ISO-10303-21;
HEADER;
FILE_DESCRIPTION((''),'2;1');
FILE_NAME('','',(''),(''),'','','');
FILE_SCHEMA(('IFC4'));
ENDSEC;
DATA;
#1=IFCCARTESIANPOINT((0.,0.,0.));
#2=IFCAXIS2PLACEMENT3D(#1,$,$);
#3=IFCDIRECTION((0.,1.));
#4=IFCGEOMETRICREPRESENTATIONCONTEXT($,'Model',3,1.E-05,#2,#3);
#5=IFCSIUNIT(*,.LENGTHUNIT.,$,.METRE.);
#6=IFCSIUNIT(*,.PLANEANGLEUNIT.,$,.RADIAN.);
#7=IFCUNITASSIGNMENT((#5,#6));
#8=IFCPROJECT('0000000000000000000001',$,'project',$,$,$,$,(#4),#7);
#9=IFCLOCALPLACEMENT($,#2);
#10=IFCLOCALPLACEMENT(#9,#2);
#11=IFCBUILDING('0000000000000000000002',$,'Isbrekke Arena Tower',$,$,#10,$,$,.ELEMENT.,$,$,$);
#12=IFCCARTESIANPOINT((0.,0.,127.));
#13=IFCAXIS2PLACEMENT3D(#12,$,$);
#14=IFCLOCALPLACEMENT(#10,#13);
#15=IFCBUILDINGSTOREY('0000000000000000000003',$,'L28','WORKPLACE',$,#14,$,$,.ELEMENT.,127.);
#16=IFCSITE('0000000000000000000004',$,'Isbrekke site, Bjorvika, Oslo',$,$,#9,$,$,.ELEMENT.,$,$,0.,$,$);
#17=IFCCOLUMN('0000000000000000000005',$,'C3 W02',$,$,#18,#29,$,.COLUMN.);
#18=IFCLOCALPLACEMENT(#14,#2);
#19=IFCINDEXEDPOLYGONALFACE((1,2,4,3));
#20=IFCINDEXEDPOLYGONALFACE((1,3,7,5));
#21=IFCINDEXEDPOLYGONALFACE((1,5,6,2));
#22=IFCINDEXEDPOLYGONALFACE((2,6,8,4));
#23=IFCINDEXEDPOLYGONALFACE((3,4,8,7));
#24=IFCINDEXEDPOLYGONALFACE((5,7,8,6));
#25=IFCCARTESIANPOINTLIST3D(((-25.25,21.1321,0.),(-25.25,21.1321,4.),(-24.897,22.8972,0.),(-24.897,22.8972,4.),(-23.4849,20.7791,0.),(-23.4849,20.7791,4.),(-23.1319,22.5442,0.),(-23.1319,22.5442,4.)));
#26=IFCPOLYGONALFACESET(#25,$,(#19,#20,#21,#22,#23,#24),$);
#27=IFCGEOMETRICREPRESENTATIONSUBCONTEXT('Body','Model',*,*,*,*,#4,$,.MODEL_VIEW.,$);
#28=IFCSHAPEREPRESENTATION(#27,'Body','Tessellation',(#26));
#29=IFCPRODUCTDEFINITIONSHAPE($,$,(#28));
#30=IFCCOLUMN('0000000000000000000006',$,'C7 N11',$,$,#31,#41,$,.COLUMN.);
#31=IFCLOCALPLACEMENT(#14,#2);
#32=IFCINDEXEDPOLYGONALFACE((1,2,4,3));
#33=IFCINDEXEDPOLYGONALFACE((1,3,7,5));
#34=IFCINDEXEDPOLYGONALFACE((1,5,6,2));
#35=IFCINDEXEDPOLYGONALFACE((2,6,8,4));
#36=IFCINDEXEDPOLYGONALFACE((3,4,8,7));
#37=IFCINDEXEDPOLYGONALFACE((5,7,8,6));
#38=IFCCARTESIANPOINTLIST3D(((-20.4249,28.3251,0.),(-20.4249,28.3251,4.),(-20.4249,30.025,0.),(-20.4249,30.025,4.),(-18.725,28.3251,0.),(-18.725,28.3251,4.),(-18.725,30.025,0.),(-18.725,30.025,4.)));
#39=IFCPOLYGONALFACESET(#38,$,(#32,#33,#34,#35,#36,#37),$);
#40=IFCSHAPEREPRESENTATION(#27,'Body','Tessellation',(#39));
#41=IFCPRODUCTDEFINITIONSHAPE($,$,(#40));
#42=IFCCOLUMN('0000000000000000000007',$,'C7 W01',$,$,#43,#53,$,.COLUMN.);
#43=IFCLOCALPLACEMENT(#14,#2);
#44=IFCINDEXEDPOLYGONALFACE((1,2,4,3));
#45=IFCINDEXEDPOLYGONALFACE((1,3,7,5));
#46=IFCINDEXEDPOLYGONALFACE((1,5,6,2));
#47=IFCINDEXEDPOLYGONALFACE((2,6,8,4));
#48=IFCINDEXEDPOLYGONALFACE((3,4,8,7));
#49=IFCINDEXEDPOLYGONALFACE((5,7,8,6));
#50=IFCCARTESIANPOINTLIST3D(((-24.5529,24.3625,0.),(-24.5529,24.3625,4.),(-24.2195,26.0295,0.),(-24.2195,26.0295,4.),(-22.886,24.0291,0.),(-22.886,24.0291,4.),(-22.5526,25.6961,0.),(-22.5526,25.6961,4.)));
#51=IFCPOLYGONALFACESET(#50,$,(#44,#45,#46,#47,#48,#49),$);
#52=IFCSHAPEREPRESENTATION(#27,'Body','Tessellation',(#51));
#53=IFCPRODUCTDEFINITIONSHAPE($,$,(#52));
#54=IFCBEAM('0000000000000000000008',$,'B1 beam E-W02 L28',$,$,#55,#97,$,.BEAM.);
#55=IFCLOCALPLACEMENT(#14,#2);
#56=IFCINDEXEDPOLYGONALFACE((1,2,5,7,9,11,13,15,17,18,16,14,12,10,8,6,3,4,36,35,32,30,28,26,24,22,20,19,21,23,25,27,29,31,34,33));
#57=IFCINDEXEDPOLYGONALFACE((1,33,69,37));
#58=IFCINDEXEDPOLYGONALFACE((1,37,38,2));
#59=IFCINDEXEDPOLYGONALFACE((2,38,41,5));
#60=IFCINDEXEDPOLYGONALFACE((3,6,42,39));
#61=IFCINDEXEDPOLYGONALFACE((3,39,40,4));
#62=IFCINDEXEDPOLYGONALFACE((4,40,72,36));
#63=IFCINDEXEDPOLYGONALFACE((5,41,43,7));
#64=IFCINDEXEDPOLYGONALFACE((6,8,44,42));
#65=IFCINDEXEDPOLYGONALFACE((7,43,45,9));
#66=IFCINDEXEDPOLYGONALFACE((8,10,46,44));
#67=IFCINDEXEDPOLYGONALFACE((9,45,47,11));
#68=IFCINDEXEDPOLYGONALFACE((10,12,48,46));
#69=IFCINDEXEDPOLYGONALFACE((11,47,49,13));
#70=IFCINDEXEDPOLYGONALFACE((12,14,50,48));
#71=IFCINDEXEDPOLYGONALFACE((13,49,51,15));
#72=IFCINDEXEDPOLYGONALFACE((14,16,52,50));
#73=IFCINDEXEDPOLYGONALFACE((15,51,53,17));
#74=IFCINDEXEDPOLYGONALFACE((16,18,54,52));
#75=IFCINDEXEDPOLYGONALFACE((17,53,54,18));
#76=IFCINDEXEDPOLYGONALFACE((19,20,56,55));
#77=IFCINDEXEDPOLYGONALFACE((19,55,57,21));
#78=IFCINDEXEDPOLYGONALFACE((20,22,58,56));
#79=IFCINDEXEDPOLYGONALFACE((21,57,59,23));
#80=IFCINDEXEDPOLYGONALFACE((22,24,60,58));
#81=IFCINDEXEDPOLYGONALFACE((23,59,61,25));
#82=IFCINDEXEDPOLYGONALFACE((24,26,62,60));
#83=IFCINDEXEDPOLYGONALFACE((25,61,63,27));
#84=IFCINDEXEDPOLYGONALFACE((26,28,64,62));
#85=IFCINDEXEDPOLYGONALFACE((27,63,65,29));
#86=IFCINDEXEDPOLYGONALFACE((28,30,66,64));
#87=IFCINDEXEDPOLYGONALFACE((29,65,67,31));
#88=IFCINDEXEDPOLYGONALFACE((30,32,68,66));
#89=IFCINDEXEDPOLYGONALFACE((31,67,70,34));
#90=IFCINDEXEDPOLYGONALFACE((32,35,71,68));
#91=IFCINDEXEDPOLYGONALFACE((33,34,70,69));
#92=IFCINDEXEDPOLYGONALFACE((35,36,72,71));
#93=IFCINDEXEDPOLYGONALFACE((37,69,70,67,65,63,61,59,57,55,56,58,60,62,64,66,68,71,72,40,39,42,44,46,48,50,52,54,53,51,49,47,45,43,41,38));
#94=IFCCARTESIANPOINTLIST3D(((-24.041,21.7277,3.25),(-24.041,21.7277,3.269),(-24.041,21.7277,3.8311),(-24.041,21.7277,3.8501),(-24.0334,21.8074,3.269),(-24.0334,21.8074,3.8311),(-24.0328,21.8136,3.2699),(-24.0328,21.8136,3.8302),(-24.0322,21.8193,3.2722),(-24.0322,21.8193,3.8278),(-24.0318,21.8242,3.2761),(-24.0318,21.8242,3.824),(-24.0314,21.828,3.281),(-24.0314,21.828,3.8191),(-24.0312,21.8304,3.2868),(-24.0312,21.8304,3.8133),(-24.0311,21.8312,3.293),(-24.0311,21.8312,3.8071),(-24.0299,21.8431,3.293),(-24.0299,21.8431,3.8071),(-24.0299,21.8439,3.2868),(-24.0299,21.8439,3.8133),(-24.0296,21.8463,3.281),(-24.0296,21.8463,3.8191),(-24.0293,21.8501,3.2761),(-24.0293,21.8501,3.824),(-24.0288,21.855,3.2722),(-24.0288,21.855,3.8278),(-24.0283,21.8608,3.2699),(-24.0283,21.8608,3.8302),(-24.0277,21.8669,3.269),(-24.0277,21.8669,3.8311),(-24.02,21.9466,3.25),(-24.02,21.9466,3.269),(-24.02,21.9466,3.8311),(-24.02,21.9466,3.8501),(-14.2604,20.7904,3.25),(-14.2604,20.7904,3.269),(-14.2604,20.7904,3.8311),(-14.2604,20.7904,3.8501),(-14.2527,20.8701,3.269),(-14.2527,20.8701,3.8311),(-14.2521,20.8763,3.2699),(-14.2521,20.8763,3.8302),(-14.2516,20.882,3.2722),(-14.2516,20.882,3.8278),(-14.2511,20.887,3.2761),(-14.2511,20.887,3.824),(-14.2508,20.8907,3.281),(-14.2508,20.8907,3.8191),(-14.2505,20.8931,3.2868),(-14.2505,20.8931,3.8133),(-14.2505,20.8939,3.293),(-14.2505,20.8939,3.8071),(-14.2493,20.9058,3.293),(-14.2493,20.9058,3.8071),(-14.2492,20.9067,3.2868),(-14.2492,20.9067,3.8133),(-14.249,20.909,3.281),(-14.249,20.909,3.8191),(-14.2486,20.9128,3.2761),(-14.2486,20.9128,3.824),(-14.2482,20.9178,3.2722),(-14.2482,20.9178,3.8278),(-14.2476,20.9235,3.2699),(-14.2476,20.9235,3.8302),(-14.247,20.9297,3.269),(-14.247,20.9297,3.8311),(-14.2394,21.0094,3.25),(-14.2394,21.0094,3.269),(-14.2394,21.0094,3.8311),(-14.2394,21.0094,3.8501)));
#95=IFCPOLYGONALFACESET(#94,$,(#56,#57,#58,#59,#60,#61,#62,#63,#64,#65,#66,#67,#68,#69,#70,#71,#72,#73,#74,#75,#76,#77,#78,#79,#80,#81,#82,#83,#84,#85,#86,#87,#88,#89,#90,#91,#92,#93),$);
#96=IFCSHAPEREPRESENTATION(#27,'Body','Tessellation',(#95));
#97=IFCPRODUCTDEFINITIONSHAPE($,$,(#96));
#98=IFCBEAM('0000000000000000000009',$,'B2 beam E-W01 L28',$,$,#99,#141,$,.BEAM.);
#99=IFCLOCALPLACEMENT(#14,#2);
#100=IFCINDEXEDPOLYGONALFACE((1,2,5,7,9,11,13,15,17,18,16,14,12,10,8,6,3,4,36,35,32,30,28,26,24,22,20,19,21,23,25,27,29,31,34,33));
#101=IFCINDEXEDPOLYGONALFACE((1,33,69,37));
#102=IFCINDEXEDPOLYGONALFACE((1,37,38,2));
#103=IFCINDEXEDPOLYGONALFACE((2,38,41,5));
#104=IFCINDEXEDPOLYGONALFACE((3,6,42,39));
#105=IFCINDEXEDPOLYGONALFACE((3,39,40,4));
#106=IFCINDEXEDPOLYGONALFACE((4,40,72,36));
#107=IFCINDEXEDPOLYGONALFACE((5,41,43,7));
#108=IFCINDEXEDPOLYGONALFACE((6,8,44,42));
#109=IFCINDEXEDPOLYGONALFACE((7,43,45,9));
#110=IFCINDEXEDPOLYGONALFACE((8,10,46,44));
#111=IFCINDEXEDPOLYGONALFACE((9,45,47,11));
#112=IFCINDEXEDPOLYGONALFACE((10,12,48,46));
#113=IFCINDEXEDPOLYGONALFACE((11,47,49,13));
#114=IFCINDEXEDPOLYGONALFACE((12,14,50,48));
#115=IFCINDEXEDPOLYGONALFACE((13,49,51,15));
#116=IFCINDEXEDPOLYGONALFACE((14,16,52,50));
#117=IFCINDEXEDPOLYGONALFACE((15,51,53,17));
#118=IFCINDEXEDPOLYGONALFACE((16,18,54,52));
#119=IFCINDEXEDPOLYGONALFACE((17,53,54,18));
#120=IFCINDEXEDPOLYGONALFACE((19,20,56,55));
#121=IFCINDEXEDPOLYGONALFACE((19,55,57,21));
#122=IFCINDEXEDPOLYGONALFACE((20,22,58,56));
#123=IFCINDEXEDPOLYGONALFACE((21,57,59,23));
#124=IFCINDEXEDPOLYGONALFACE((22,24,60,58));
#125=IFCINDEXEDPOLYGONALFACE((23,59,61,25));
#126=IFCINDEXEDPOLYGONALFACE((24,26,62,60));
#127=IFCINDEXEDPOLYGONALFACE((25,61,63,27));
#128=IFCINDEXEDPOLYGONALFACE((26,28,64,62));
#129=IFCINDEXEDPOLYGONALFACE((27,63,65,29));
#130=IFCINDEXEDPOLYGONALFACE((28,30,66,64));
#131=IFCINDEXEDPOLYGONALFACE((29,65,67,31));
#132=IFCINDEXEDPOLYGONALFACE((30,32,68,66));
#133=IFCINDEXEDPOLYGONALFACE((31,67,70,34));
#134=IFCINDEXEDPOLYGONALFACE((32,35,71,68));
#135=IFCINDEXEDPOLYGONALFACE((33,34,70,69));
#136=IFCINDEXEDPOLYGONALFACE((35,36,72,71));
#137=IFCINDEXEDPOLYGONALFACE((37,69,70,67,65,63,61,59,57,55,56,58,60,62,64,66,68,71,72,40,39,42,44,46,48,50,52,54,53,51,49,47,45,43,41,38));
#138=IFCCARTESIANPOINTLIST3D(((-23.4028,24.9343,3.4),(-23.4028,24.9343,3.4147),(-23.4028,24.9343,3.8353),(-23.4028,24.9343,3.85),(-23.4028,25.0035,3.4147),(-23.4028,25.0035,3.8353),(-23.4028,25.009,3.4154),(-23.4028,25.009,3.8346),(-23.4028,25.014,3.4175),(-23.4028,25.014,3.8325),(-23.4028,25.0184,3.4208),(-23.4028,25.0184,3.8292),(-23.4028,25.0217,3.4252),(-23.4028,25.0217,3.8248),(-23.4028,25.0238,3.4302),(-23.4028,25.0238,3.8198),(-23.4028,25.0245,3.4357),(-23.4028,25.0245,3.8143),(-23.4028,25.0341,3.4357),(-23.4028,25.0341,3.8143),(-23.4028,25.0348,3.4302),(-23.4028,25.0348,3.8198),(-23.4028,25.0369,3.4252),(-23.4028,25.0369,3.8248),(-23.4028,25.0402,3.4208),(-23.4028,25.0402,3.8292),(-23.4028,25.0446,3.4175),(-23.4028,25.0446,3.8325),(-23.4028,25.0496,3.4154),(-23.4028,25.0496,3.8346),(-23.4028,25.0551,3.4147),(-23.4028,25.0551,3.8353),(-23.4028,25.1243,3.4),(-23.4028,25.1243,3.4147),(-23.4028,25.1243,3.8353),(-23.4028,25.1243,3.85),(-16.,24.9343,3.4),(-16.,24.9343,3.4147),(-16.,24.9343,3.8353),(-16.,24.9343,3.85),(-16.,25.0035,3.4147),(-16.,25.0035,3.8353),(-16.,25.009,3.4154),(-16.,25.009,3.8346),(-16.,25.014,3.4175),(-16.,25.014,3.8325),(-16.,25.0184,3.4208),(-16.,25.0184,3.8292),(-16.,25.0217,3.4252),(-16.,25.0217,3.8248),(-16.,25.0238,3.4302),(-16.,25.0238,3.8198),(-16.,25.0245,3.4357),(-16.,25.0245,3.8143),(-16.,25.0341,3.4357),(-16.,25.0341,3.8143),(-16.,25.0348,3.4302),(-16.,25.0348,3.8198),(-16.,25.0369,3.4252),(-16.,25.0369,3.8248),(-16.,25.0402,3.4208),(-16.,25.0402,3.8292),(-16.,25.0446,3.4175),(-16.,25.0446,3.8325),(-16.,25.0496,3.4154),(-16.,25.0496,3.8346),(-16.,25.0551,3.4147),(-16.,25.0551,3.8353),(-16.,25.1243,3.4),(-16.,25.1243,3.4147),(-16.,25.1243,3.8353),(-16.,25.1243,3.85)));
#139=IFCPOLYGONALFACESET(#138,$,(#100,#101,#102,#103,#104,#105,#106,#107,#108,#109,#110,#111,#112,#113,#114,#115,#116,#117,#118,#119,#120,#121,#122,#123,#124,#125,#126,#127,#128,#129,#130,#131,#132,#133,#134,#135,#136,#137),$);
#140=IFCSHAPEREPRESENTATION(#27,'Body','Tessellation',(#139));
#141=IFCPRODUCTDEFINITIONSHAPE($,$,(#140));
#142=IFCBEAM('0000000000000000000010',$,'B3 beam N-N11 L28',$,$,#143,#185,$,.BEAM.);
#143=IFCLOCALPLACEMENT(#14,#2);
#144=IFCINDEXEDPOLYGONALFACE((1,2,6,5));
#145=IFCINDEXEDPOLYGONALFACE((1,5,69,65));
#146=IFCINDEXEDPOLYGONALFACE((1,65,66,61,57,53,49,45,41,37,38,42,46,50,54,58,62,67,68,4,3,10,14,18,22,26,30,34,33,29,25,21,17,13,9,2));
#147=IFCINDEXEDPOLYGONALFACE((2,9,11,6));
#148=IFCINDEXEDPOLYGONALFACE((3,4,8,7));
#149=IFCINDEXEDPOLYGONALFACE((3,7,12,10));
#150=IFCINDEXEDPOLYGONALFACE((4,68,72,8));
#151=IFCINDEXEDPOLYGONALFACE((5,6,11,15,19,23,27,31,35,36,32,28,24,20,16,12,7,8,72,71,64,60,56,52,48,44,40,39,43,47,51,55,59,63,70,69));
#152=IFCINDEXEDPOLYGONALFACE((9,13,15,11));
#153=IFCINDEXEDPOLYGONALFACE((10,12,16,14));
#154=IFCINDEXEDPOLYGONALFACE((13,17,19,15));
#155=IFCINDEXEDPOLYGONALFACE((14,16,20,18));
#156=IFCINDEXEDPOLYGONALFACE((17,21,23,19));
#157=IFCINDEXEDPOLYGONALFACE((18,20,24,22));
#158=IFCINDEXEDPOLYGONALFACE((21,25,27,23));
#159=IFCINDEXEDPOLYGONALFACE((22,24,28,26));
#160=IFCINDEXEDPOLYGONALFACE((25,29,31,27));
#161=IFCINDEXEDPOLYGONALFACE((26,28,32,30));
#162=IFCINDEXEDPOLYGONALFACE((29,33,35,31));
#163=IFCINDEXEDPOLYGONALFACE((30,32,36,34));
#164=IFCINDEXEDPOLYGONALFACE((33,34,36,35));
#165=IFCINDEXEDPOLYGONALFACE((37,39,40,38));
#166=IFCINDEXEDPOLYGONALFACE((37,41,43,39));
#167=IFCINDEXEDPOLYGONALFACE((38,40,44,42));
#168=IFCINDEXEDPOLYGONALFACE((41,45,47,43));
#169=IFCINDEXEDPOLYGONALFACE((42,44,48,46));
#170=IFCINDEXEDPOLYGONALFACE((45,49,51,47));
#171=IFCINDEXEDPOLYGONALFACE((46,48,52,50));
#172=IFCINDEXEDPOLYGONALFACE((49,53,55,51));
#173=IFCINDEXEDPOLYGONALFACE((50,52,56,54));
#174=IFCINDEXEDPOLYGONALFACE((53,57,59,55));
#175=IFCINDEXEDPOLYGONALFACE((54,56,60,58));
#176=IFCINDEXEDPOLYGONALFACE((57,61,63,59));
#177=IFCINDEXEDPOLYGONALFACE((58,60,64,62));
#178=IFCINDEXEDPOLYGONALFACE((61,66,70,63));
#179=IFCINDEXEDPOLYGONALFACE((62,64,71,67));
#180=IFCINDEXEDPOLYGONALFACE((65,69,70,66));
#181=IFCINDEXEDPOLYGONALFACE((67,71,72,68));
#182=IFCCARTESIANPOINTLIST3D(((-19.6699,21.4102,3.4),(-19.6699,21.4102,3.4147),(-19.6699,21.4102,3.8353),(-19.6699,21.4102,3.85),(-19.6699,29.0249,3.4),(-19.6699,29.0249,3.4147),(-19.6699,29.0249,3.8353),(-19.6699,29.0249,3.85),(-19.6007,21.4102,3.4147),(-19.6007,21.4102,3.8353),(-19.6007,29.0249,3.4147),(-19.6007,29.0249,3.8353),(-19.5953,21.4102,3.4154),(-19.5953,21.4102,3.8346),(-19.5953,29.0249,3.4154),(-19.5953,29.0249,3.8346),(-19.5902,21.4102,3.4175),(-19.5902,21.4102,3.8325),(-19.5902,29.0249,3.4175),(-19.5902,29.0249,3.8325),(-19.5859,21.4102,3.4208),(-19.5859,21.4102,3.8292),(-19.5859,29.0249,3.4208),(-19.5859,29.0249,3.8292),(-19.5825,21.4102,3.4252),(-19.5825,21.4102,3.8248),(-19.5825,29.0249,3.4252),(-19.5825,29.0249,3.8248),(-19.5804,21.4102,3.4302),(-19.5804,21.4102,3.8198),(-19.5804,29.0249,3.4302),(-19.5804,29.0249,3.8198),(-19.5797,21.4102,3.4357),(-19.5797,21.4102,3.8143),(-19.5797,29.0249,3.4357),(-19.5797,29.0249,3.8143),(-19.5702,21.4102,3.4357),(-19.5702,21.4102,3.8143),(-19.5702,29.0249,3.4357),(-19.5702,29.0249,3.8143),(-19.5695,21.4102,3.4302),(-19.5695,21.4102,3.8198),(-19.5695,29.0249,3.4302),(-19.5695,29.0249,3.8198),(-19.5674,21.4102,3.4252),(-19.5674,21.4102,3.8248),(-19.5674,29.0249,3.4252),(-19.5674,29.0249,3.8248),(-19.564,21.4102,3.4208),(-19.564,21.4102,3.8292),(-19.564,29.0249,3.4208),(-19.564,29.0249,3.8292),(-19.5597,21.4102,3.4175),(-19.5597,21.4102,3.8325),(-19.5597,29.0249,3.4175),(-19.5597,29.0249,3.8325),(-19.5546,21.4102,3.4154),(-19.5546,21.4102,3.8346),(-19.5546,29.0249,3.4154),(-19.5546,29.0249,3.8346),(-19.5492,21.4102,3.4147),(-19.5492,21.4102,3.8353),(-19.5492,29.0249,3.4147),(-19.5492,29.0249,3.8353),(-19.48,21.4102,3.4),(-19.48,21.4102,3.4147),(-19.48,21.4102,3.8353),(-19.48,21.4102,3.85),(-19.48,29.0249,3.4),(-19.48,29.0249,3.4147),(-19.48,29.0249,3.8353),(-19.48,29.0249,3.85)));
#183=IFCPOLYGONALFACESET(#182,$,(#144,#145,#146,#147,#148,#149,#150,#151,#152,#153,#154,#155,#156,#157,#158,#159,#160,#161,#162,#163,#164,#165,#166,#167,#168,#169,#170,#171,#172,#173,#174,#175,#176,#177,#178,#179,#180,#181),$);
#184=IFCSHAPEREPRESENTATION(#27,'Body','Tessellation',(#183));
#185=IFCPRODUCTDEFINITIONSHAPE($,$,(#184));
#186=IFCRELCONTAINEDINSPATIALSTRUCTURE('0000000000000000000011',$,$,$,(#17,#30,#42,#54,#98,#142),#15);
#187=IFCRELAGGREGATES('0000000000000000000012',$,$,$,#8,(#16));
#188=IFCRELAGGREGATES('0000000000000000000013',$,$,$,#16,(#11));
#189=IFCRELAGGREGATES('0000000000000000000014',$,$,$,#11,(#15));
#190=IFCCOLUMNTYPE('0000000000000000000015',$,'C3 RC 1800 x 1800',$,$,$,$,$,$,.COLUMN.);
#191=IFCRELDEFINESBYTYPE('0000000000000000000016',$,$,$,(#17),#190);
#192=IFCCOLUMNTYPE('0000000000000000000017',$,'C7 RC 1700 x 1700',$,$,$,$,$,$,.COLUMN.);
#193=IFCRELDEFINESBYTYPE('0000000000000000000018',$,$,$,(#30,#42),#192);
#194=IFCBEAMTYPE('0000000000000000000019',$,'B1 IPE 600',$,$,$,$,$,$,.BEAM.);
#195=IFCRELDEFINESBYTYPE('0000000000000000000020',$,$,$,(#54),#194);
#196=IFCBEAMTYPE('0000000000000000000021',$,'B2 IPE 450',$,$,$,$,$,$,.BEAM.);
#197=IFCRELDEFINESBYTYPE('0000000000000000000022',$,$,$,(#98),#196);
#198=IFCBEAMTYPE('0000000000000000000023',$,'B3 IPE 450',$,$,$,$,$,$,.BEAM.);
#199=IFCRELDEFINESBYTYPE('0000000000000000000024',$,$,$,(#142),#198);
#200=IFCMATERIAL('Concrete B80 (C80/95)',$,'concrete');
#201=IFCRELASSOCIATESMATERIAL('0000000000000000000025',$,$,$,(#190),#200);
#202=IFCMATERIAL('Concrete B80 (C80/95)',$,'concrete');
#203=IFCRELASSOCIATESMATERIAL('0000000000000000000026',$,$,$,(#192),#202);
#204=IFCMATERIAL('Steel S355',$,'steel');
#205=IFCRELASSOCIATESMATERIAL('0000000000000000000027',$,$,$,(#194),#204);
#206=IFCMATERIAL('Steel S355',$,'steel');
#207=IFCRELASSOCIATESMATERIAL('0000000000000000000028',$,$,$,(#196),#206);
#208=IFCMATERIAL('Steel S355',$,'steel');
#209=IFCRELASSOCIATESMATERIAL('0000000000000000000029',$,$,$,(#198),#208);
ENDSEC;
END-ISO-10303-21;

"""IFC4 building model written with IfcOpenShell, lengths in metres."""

from ifc_helpers import new_model, si_unit, direction, frame, origin, origin_2d, place, context, subcontext, project, spatial, rectangle, i_section, extrude, material, material_profile, profile_set, type_object, element, save


model = new_model("IFC4")

# Units and contexts
model_context = context("Model", 3, precision=1e-05, world=origin(), true_north=direction((0.0, 1.0)))
body_context = subcontext(model_context, "Body", "Model", "MODEL_VIEW")
ifc_project = project(units=[si_unit("LENGTHUNIT", "METRE"), si_unit("PLANEANGLEUNIT", "RADIAN")], contexts=[model_context])

# Site, building, storey
site_placement = place(None, origin())
site = spatial("IfcSite", under=ifc_project, at=site_placement, Name="Isbrekke site, Bjorvika, Oslo", CompositionType="ELEMENT", RefElevation=0.0)
building_placement = place(site_placement, origin())
building = spatial("IfcBuilding", under=site, at=building_placement, Name="Isbrekke Arena Tower", CompositionType="ELEMENT")
storey_placement = place(building_placement, frame((0.0, 0.0, 127.0)))
storey = spatial("IfcBuildingStorey", under=building, at=storey_placement, Name="L28", Description="WORKPLACE", CompositionType="ELEMENT", Elevation=127.0)

# Columns
ifc_material_1 = material(Name="Concrete B80 (C80/95)", Category="concrete")
ifc_material_profile_1 = material_profile(ifc_material_1, rectangle(XDim=1.8, YDim=1.8, at=origin_2d()), Name="RC 1800x1800")
ifc_profile_set_1 = profile_set([ifc_material_profile_1], Name="Concrete B80 (C80/95)")
column_type_1 = type_object("IfcColumnType", Name="C3 RC 1800 x 1800", PredefinedType="COLUMN", material=ifc_profile_set_1)
column_placement = place(storey_placement, frame((-24.1909, 21.8381, 0.0), z_axis=(0.0, 0.0, 1.0), x_axis=(-0.196116, -0.980581, 0.0)))
element("IfcColumn", 1, at=column_placement, inside=storey, type_object=column_type_1, Name="C3 W02", PredefinedType="COLUMN", context=body_context, shape_type="SweptSolid", body=[
    extrude(rectangle(XDim=1.8, YDim=1.8, at=origin_2d()), origin(), (0.0, 0.0, 1.0), 4.0),
])
ifc_material_2 = material(Name="Concrete B80 (C80/95)", Category="concrete")
ifc_material_profile_2 = material_profile(ifc_material_2, rectangle(XDim=1.7, YDim=1.7, at=origin_2d()), Name="RC 1700x1700")
ifc_profile_set_2 = profile_set([ifc_material_profile_2], Name="Concrete B80 (C80/95)")
column_type_2 = type_object("IfcColumnType", Name="C7 RC 1700 x 1700", PredefinedType="COLUMN", material=ifc_profile_set_2)
for number, where, z_axis, x_axis, name in (
    (2, (-19.575, 29.175, 0.0), (0.0, 0.0, 1.0), (-1.0, 0.0, 0.0), "C7 N11"),
    (3, (-23.5527, 25.0293, 0.0), (0.0, 0.0, 1.0), (-0.196116, -0.980581, 0.0), "C7 W01"),
):
    element("IfcColumn", number, at=place(storey_placement, frame(where, z_axis=z_axis, x_axis=x_axis)), inside=storey, type_object=column_type_2, Name=name, PredefinedType="COLUMN", context=body_context, shape_type="SweptSolid", body=[
        extrude(rectangle(XDim=1.7, YDim=1.7, at=origin_2d()), origin(), (0.0, 0.0, 1.0), 4.0),
    ])

# Beams
ifc_material_3 = material(Name="Steel S355", Category="steel")
ifc_material_profile_3 = material_profile(ifc_material_3, i_section(OverallWidth=0.22, OverallDepth=0.6001, WebThickness=0.012, FlangeThickness=0.019, FilletRadius=0.0239, at=origin_2d()), Name="IPE 600")
ifc_profile_set_3 = profile_set([ifc_material_profile_3], Name="Steel S355")
beam_type_1 = type_object("IfcBeamType", Name="B1 IPE 600", PredefinedType="BEAM", material=ifc_profile_set_3)
beam_1_placement = place(storey_placement, frame((-24.0305, 21.8372, 3.55), z_axis=(0.99544, -0.095392, 0.0), x_axis=(0.095392, 0.99544, 0.0)))
element("IfcBeam", 4, at=beam_1_placement, inside=storey, type_object=beam_type_1, Name="B1 beam E-W02 L28", PredefinedType="BEAM", context=body_context, shape_type="SweptSolid", body=[
    extrude(i_section(OverallWidth=0.22, OverallDepth=0.6001, WebThickness=0.012, FlangeThickness=0.019, FilletRadius=0.0239, at=origin_2d()), origin(), (0.0, 0.0, 1.0), 9.8254),
])
ifc_material_4 = material(Name="Steel S355", Category="steel")
ifc_material_profile_4 = material_profile(ifc_material_4, i_section(OverallWidth=0.1899, OverallDepth=0.45, WebThickness=0.0095, FlangeThickness=0.0146, FilletRadius=0.021, at=origin_2d()), Name="IPE 450")
ifc_profile_set_4 = profile_set([ifc_material_profile_4], Name="Steel S355")
beam_type_2 = type_object("IfcBeamType", Name="B2 IPE 450", PredefinedType="BEAM", material=ifc_profile_set_4)
beam_2_placement = place(storey_placement, frame((-23.4028, 25.0293, 3.625), z_axis=(1.0, 0.0, 0.0), x_axis=(0.0, 1.0, 0.0)))
element("IfcBeam", 5, at=beam_2_placement, inside=storey, type_object=beam_type_2, Name="B2 beam E-W01 L28", PredefinedType="BEAM", context=body_context, shape_type="SweptSolid", body=[
    extrude(i_section(OverallWidth=0.1899, OverallDepth=0.45, WebThickness=0.0095, FlangeThickness=0.0146, FilletRadius=0.021, at=origin_2d()), origin(), (0.0, 0.0, 1.0), 7.4028),
])
ifc_material_5 = material(Name="Steel S355", Category="steel")
ifc_material_profile_5 = material_profile(ifc_material_5, i_section(OverallWidth=0.1899, OverallDepth=0.45, WebThickness=0.0095, FlangeThickness=0.0146, FilletRadius=0.021, at=origin_2d()), Name="IPE 450")
ifc_profile_set_5 = profile_set([ifc_material_profile_5], Name="Steel S355")
beam_type_3 = type_object("IfcBeamType", Name="B3 IPE 450", PredefinedType="BEAM", material=ifc_profile_set_5)
beam_3_placement = place(storey_placement, frame((-19.575, 29.0249, 3.625), z_axis=(0.0, -1.0, 0.0), x_axis=(1.0, 0.0, 0.0)))
element("IfcBeam", 6, at=beam_3_placement, inside=storey, type_object=beam_type_3, Name="B3 beam N-N11 L28", PredefinedType="BEAM", context=body_context, shape_type="SweptSolid", body=[
    extrude(i_section(OverallWidth=0.1899, OverallDepth=0.45, WebThickness=0.0095, FlangeThickness=0.0146, FilletRadius=0.021, at=origin_2d()), origin(), (0.0, 0.0, 1.0), 7.6147),
])

save(model, "model.ifc")
